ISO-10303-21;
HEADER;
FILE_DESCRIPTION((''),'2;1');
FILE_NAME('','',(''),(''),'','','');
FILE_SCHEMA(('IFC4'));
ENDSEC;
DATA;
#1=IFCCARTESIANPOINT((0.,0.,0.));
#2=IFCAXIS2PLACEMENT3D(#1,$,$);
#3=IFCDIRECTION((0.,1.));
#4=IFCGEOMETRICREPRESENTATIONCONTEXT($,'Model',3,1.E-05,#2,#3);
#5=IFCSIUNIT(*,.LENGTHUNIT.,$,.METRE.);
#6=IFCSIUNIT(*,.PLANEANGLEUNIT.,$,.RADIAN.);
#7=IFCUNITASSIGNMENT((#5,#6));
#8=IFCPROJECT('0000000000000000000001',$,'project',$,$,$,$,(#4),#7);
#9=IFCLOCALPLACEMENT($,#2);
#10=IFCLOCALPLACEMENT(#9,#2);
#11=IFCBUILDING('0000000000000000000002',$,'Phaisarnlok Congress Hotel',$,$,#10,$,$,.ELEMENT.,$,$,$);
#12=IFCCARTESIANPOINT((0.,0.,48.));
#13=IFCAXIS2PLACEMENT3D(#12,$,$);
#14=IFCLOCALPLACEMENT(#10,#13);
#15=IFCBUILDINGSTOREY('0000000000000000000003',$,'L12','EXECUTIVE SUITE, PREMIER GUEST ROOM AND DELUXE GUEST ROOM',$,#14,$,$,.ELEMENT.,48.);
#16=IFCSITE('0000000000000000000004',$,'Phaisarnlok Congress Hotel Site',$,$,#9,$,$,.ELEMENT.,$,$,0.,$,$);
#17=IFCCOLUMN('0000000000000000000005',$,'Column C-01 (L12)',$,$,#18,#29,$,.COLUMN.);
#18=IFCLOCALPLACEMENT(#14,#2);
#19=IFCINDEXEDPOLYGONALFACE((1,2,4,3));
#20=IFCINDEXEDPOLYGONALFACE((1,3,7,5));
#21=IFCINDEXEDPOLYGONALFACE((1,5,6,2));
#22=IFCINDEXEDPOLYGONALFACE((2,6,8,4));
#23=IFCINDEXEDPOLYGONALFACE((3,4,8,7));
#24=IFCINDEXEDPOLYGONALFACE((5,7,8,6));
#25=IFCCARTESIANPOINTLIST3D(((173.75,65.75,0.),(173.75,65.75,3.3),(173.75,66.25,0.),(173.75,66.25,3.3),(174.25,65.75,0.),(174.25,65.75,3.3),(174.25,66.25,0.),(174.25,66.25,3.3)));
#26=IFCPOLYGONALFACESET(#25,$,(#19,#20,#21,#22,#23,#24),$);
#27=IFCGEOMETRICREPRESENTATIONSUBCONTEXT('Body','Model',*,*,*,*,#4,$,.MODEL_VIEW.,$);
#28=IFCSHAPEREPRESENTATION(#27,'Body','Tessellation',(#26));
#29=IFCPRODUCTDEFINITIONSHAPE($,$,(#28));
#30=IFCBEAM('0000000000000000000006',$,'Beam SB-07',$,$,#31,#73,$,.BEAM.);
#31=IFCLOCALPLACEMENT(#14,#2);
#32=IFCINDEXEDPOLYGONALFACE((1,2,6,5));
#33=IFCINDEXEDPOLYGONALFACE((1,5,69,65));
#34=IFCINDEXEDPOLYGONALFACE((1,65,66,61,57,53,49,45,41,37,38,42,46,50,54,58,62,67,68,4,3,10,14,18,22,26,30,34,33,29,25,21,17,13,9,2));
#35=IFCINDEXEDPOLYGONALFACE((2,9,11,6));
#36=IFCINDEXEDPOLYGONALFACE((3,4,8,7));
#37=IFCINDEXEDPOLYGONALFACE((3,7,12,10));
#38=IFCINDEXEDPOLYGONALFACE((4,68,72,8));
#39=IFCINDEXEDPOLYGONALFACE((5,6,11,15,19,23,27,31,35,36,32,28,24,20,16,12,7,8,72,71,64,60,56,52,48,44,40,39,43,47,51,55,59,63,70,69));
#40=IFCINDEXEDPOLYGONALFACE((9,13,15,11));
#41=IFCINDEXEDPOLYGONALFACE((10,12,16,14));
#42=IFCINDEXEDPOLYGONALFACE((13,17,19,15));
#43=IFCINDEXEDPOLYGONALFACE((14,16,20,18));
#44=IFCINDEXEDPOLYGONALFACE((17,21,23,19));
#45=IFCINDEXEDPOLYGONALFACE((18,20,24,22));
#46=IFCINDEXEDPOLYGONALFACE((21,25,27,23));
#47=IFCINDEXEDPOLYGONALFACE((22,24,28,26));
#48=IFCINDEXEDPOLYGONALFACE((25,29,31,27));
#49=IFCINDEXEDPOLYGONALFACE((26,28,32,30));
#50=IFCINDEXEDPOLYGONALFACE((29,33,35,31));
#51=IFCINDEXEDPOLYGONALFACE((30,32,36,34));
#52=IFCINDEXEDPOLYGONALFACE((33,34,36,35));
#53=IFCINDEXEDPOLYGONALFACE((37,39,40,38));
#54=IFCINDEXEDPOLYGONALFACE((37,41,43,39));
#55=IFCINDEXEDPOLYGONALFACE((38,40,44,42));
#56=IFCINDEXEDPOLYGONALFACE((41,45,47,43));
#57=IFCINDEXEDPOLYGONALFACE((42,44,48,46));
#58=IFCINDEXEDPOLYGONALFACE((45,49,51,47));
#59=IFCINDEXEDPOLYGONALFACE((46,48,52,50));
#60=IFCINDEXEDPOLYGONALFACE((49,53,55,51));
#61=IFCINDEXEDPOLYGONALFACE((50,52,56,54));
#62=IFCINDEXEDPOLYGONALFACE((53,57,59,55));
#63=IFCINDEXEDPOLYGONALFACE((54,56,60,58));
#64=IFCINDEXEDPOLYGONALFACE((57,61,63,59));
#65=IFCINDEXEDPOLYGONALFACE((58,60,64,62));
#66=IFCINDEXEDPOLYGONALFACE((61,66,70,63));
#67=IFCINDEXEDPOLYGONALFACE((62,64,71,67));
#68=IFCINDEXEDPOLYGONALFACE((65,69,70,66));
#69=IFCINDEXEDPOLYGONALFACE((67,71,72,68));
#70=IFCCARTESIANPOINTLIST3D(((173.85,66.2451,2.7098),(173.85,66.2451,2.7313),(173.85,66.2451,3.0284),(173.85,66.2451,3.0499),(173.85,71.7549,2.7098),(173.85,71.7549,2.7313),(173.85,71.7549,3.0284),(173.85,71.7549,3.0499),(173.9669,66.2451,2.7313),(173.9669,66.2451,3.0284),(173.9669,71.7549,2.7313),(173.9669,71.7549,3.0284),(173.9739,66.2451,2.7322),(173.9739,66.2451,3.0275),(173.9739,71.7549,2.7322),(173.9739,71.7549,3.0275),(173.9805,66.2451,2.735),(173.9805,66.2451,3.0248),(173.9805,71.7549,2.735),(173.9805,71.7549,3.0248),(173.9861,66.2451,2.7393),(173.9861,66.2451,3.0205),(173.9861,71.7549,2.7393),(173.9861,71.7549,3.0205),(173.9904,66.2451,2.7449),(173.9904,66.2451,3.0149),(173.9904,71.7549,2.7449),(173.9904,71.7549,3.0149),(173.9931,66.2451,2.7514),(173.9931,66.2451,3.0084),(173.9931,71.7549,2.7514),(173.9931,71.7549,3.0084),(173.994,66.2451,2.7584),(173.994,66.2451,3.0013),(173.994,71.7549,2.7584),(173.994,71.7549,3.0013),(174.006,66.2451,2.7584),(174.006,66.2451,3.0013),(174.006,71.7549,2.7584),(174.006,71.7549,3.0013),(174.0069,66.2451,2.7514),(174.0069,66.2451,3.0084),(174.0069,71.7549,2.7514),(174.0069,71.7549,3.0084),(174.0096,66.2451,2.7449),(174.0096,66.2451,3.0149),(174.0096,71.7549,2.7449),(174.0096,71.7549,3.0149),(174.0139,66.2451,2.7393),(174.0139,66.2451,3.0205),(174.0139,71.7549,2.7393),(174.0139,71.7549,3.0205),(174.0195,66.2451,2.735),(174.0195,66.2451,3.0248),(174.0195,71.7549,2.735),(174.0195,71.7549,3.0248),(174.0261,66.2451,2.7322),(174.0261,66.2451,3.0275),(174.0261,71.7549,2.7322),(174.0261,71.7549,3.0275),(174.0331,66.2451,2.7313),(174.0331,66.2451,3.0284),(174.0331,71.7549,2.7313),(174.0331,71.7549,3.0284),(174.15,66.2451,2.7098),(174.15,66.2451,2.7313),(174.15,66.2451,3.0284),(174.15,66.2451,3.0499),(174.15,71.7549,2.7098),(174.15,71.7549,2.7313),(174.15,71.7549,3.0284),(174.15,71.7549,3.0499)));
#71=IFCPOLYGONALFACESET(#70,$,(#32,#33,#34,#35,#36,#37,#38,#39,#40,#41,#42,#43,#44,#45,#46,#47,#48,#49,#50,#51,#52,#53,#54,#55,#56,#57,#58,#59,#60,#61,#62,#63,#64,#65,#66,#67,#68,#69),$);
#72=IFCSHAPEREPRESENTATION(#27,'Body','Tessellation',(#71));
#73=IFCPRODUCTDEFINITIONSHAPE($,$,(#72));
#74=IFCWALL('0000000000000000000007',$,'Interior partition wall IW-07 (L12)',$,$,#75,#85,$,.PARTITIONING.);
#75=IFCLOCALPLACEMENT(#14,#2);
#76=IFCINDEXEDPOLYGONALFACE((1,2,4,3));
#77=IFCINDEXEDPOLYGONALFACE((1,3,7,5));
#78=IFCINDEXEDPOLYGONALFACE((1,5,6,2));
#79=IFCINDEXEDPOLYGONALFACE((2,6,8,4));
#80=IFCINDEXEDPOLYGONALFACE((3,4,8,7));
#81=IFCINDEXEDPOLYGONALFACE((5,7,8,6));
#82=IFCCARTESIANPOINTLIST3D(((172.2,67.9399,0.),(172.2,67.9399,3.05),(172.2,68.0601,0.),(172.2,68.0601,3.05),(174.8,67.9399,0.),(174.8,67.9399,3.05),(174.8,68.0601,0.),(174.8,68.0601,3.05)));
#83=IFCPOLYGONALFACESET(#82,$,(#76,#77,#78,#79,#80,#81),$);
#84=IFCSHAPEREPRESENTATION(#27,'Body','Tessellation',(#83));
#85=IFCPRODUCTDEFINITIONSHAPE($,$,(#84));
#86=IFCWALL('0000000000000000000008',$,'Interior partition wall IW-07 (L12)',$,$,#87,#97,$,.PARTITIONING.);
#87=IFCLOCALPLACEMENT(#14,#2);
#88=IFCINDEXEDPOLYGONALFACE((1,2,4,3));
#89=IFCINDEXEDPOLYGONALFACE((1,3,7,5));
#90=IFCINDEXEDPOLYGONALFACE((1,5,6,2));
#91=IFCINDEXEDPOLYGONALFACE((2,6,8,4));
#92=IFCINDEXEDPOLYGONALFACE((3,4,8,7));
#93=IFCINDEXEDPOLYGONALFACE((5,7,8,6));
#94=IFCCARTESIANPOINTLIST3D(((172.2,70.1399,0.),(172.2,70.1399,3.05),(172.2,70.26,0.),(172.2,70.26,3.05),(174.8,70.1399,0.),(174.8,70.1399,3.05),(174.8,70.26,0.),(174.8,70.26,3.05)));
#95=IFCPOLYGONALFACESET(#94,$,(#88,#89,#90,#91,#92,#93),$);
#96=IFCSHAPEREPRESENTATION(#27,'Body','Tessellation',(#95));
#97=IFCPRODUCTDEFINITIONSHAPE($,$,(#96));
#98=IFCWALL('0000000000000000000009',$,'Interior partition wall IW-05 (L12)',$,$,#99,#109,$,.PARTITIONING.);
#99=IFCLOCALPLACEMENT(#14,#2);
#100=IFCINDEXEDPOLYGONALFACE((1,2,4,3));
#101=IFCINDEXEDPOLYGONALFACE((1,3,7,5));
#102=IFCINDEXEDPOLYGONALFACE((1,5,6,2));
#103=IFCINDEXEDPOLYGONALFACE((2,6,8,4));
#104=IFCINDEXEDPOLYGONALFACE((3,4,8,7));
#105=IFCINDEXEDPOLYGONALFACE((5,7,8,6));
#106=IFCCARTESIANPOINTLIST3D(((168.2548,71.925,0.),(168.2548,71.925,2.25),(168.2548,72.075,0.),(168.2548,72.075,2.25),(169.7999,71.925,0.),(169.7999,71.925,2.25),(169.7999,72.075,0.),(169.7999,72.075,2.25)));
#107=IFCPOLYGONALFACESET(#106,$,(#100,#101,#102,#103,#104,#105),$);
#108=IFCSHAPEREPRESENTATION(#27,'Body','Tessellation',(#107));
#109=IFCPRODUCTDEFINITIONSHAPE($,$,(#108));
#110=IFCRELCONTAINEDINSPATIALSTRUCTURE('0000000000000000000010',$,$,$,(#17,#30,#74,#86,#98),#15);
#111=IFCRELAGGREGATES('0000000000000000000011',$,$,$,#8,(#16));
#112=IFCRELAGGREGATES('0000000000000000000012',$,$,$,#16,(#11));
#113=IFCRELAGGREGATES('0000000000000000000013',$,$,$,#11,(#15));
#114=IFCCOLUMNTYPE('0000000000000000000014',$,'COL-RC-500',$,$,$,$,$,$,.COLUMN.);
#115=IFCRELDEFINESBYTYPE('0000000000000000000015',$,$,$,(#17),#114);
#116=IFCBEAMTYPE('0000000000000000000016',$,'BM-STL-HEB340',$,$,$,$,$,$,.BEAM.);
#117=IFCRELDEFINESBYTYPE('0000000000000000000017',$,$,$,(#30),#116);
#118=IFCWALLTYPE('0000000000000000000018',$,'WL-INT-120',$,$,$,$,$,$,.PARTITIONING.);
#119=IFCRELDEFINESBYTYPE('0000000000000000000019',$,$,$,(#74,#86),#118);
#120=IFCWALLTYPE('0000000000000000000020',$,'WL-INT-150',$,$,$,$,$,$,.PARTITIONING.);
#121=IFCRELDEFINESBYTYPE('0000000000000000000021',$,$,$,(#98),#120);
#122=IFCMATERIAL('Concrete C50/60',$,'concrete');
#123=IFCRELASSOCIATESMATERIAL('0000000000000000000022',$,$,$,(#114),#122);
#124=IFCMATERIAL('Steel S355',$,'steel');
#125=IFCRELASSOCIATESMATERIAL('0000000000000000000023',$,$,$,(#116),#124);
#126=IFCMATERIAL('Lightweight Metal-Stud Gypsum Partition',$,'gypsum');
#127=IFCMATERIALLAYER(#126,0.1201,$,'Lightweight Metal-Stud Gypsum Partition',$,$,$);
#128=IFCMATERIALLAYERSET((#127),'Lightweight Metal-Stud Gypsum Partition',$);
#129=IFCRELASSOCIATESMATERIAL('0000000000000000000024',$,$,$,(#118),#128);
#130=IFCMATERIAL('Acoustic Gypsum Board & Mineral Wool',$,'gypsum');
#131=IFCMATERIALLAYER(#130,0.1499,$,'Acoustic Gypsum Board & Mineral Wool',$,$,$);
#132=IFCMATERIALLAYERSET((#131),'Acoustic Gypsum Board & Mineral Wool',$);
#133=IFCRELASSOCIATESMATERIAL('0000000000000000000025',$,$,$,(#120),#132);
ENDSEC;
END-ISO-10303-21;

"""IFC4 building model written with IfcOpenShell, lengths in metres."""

from ifc_helpers import new_model, si_unit, direction, frame, frame_2d, origin, origin_2d, place, context, subcontext, project, spatial, rectangle, i_section, extrude, material, layer, layer_set, material_profile, profile_set, type_object, element, save


model = new_model("IFC4")

# Units and contexts
model_context = context("Model", 3, precision=1e-05, world=origin(), true_north=direction((0.0, 1.0)))
body_context = subcontext(model_context, "Body", "Model", "MODEL_VIEW")
ifc_project = project(units=[si_unit("LENGTHUNIT", "METRE"), si_unit("PLANEANGLEUNIT", "RADIAN")], contexts=[model_context])

# Site, building, storey
site_placement = place(None, origin())
site = spatial("IfcSite", under=ifc_project, at=site_placement, Name="Phaisarnlok Congress Hotel Site", CompositionType="ELEMENT", RefElevation=0.0)
building_placement = place(site_placement, origin())
building = spatial("IfcBuilding", under=site, at=building_placement, Name="Phaisarnlok Congress Hotel", CompositionType="ELEMENT")
storey_placement = place(building_placement, frame((0.0, 0.0, 48.0)))
storey = spatial("IfcBuildingStorey", under=building, at=storey_placement, Name="L12", Description="EXECUTIVE SUITE, PREMIER GUEST ROOM AND DELUXE GUEST ROOM", CompositionType="ELEMENT", Elevation=48.0)

# Column
ifc_material_1 = material(Name="Concrete C50/60", Category="concrete")
ifc_material_profile_1 = material_profile(ifc_material_1, rectangle(XDim=0.5, YDim=0.5, at=origin_2d()), Name="RC 500x500")
ifc_profile_set_1 = profile_set([ifc_material_profile_1], Name="Concrete C50/60")
column_type = type_object("IfcColumnType", Name="COL-RC-500", PredefinedType="COLUMN", material=ifc_profile_set_1)
column_placement = place(storey_placement, frame((174.0, 66.0, 0.0), z_axis=(0.0, 0.0, 1.0), x_axis=(1.0, 0.0, 0.0)))
element("IfcColumn", 1, at=column_placement, inside=storey, type_object=column_type, Name="Column C-01 (L12)", PredefinedType="COLUMN", context=body_context, shape_type="SweptSolid", body=[
    extrude(rectangle(XDim=0.5, YDim=0.5, at=origin_2d()), origin(), (0.0, 0.0, 1.0), 3.3),
])

# Beam
ifc_material_2 = material(Name="Steel S355", Category="steel")
ifc_material_profile_2 = material_profile(ifc_material_2, i_section(OverallWidth=0.3, OverallDepth=0.3401, WebThickness=0.012, FlangeThickness=0.0215, FilletRadius=0.0271, at=origin_2d()), Name="HEB 340")
ifc_profile_set_2 = profile_set([ifc_material_profile_2], Name="Steel S355")
beam_type = type_object("IfcBeamType", Name="BM-STL-HEB340", PredefinedType="BEAM", material=ifc_profile_set_2)
beam_placement = place(storey_placement, frame((174.0, 66.2451, 2.8799), z_axis=(0.0, 1.0, 0.0), x_axis=(-1.0, 0.0, 0.0)))
element("IfcBeam", 2, at=beam_placement, inside=storey, type_object=beam_type, Name="Beam SB-07", PredefinedType="BEAM", context=body_context, shape_type="SweptSolid", body=[
    extrude(i_section(OverallWidth=0.3, OverallDepth=0.3401, WebThickness=0.012, FlangeThickness=0.0215, FilletRadius=0.0271, at=origin_2d()), origin(), (0.0, 0.0, 1.0), 5.5098),
])

# Walls
ifc_material_3 = material(Name="Lightweight Metal-Stud Gypsum Partition", Category="gypsum")
ifc_layer_1 = layer(ifc_material_3, 0.1201, Name="Lightweight Metal-Stud Gypsum Partition")
ifc_layer_set_1 = layer_set([ifc_layer_1], Name="Lightweight Metal-Stud Gypsum Partition")
wall_type_1 = type_object("IfcWallType", Name="WL-INT-120", PredefinedType="PARTITIONING", material=ifc_layer_set_1)
for number, where, z_axis, x_axis, name in (
    (3, (172.2, 68.0, 0.0), (0.0, 0.0, 1.0), (1.0, 0.0, 0.0), "Interior partition wall IW-07 (L12)"),
    (4, (172.2, 70.2, 0.0), (0.0, 0.0, 1.0), (1.0, 0.0, 0.0), "Interior partition wall IW-07 (L12)"),
):
    element("IfcWall", number, at=place(storey_placement, frame(where, z_axis=z_axis, x_axis=x_axis)), inside=storey, type_object=wall_type_1, Name=name, PredefinedType="PARTITIONING", context=body_context, shape_type="SweptSolid", body=[
        extrude(rectangle(XDim=2.6001, YDim=0.1201, at=frame_2d((1.3, 0.0))), origin(), (0.0, 0.0, 1.0), 3.05),
    ])
ifc_material_4 = material(Name="Acoustic Gypsum Board & Mineral Wool", Category="gypsum")
ifc_layer_2 = layer(ifc_material_4, 0.1499, Name="Acoustic Gypsum Board & Mineral Wool")
ifc_layer_set_2 = layer_set([ifc_layer_2], Name="Acoustic Gypsum Board & Mineral Wool")
wall_type_2 = type_object("IfcWallType", Name="WL-INT-150", PredefinedType="PARTITIONING", material=ifc_layer_set_2)
wall_1_placement = place(storey_placement, frame((168.2549, 72.0, 0.0), z_axis=(0.0, 0.0, 1.0), x_axis=(1.0, 0.0, 0.0)))
element("IfcWall", 5, at=wall_1_placement, inside=storey, type_object=wall_type_2, Name="Interior partition wall IW-05 (L12)", PredefinedType="PARTITIONING", context=body_context, shape_type="SweptSolid", body=[
    extrude(rectangle(XDim=1.5452, YDim=0.1499, at=frame_2d((0.7725, 0.0))), origin(), (0.0, 0.0, 1.0), 2.25),
])

save(model, "model.ifc")
